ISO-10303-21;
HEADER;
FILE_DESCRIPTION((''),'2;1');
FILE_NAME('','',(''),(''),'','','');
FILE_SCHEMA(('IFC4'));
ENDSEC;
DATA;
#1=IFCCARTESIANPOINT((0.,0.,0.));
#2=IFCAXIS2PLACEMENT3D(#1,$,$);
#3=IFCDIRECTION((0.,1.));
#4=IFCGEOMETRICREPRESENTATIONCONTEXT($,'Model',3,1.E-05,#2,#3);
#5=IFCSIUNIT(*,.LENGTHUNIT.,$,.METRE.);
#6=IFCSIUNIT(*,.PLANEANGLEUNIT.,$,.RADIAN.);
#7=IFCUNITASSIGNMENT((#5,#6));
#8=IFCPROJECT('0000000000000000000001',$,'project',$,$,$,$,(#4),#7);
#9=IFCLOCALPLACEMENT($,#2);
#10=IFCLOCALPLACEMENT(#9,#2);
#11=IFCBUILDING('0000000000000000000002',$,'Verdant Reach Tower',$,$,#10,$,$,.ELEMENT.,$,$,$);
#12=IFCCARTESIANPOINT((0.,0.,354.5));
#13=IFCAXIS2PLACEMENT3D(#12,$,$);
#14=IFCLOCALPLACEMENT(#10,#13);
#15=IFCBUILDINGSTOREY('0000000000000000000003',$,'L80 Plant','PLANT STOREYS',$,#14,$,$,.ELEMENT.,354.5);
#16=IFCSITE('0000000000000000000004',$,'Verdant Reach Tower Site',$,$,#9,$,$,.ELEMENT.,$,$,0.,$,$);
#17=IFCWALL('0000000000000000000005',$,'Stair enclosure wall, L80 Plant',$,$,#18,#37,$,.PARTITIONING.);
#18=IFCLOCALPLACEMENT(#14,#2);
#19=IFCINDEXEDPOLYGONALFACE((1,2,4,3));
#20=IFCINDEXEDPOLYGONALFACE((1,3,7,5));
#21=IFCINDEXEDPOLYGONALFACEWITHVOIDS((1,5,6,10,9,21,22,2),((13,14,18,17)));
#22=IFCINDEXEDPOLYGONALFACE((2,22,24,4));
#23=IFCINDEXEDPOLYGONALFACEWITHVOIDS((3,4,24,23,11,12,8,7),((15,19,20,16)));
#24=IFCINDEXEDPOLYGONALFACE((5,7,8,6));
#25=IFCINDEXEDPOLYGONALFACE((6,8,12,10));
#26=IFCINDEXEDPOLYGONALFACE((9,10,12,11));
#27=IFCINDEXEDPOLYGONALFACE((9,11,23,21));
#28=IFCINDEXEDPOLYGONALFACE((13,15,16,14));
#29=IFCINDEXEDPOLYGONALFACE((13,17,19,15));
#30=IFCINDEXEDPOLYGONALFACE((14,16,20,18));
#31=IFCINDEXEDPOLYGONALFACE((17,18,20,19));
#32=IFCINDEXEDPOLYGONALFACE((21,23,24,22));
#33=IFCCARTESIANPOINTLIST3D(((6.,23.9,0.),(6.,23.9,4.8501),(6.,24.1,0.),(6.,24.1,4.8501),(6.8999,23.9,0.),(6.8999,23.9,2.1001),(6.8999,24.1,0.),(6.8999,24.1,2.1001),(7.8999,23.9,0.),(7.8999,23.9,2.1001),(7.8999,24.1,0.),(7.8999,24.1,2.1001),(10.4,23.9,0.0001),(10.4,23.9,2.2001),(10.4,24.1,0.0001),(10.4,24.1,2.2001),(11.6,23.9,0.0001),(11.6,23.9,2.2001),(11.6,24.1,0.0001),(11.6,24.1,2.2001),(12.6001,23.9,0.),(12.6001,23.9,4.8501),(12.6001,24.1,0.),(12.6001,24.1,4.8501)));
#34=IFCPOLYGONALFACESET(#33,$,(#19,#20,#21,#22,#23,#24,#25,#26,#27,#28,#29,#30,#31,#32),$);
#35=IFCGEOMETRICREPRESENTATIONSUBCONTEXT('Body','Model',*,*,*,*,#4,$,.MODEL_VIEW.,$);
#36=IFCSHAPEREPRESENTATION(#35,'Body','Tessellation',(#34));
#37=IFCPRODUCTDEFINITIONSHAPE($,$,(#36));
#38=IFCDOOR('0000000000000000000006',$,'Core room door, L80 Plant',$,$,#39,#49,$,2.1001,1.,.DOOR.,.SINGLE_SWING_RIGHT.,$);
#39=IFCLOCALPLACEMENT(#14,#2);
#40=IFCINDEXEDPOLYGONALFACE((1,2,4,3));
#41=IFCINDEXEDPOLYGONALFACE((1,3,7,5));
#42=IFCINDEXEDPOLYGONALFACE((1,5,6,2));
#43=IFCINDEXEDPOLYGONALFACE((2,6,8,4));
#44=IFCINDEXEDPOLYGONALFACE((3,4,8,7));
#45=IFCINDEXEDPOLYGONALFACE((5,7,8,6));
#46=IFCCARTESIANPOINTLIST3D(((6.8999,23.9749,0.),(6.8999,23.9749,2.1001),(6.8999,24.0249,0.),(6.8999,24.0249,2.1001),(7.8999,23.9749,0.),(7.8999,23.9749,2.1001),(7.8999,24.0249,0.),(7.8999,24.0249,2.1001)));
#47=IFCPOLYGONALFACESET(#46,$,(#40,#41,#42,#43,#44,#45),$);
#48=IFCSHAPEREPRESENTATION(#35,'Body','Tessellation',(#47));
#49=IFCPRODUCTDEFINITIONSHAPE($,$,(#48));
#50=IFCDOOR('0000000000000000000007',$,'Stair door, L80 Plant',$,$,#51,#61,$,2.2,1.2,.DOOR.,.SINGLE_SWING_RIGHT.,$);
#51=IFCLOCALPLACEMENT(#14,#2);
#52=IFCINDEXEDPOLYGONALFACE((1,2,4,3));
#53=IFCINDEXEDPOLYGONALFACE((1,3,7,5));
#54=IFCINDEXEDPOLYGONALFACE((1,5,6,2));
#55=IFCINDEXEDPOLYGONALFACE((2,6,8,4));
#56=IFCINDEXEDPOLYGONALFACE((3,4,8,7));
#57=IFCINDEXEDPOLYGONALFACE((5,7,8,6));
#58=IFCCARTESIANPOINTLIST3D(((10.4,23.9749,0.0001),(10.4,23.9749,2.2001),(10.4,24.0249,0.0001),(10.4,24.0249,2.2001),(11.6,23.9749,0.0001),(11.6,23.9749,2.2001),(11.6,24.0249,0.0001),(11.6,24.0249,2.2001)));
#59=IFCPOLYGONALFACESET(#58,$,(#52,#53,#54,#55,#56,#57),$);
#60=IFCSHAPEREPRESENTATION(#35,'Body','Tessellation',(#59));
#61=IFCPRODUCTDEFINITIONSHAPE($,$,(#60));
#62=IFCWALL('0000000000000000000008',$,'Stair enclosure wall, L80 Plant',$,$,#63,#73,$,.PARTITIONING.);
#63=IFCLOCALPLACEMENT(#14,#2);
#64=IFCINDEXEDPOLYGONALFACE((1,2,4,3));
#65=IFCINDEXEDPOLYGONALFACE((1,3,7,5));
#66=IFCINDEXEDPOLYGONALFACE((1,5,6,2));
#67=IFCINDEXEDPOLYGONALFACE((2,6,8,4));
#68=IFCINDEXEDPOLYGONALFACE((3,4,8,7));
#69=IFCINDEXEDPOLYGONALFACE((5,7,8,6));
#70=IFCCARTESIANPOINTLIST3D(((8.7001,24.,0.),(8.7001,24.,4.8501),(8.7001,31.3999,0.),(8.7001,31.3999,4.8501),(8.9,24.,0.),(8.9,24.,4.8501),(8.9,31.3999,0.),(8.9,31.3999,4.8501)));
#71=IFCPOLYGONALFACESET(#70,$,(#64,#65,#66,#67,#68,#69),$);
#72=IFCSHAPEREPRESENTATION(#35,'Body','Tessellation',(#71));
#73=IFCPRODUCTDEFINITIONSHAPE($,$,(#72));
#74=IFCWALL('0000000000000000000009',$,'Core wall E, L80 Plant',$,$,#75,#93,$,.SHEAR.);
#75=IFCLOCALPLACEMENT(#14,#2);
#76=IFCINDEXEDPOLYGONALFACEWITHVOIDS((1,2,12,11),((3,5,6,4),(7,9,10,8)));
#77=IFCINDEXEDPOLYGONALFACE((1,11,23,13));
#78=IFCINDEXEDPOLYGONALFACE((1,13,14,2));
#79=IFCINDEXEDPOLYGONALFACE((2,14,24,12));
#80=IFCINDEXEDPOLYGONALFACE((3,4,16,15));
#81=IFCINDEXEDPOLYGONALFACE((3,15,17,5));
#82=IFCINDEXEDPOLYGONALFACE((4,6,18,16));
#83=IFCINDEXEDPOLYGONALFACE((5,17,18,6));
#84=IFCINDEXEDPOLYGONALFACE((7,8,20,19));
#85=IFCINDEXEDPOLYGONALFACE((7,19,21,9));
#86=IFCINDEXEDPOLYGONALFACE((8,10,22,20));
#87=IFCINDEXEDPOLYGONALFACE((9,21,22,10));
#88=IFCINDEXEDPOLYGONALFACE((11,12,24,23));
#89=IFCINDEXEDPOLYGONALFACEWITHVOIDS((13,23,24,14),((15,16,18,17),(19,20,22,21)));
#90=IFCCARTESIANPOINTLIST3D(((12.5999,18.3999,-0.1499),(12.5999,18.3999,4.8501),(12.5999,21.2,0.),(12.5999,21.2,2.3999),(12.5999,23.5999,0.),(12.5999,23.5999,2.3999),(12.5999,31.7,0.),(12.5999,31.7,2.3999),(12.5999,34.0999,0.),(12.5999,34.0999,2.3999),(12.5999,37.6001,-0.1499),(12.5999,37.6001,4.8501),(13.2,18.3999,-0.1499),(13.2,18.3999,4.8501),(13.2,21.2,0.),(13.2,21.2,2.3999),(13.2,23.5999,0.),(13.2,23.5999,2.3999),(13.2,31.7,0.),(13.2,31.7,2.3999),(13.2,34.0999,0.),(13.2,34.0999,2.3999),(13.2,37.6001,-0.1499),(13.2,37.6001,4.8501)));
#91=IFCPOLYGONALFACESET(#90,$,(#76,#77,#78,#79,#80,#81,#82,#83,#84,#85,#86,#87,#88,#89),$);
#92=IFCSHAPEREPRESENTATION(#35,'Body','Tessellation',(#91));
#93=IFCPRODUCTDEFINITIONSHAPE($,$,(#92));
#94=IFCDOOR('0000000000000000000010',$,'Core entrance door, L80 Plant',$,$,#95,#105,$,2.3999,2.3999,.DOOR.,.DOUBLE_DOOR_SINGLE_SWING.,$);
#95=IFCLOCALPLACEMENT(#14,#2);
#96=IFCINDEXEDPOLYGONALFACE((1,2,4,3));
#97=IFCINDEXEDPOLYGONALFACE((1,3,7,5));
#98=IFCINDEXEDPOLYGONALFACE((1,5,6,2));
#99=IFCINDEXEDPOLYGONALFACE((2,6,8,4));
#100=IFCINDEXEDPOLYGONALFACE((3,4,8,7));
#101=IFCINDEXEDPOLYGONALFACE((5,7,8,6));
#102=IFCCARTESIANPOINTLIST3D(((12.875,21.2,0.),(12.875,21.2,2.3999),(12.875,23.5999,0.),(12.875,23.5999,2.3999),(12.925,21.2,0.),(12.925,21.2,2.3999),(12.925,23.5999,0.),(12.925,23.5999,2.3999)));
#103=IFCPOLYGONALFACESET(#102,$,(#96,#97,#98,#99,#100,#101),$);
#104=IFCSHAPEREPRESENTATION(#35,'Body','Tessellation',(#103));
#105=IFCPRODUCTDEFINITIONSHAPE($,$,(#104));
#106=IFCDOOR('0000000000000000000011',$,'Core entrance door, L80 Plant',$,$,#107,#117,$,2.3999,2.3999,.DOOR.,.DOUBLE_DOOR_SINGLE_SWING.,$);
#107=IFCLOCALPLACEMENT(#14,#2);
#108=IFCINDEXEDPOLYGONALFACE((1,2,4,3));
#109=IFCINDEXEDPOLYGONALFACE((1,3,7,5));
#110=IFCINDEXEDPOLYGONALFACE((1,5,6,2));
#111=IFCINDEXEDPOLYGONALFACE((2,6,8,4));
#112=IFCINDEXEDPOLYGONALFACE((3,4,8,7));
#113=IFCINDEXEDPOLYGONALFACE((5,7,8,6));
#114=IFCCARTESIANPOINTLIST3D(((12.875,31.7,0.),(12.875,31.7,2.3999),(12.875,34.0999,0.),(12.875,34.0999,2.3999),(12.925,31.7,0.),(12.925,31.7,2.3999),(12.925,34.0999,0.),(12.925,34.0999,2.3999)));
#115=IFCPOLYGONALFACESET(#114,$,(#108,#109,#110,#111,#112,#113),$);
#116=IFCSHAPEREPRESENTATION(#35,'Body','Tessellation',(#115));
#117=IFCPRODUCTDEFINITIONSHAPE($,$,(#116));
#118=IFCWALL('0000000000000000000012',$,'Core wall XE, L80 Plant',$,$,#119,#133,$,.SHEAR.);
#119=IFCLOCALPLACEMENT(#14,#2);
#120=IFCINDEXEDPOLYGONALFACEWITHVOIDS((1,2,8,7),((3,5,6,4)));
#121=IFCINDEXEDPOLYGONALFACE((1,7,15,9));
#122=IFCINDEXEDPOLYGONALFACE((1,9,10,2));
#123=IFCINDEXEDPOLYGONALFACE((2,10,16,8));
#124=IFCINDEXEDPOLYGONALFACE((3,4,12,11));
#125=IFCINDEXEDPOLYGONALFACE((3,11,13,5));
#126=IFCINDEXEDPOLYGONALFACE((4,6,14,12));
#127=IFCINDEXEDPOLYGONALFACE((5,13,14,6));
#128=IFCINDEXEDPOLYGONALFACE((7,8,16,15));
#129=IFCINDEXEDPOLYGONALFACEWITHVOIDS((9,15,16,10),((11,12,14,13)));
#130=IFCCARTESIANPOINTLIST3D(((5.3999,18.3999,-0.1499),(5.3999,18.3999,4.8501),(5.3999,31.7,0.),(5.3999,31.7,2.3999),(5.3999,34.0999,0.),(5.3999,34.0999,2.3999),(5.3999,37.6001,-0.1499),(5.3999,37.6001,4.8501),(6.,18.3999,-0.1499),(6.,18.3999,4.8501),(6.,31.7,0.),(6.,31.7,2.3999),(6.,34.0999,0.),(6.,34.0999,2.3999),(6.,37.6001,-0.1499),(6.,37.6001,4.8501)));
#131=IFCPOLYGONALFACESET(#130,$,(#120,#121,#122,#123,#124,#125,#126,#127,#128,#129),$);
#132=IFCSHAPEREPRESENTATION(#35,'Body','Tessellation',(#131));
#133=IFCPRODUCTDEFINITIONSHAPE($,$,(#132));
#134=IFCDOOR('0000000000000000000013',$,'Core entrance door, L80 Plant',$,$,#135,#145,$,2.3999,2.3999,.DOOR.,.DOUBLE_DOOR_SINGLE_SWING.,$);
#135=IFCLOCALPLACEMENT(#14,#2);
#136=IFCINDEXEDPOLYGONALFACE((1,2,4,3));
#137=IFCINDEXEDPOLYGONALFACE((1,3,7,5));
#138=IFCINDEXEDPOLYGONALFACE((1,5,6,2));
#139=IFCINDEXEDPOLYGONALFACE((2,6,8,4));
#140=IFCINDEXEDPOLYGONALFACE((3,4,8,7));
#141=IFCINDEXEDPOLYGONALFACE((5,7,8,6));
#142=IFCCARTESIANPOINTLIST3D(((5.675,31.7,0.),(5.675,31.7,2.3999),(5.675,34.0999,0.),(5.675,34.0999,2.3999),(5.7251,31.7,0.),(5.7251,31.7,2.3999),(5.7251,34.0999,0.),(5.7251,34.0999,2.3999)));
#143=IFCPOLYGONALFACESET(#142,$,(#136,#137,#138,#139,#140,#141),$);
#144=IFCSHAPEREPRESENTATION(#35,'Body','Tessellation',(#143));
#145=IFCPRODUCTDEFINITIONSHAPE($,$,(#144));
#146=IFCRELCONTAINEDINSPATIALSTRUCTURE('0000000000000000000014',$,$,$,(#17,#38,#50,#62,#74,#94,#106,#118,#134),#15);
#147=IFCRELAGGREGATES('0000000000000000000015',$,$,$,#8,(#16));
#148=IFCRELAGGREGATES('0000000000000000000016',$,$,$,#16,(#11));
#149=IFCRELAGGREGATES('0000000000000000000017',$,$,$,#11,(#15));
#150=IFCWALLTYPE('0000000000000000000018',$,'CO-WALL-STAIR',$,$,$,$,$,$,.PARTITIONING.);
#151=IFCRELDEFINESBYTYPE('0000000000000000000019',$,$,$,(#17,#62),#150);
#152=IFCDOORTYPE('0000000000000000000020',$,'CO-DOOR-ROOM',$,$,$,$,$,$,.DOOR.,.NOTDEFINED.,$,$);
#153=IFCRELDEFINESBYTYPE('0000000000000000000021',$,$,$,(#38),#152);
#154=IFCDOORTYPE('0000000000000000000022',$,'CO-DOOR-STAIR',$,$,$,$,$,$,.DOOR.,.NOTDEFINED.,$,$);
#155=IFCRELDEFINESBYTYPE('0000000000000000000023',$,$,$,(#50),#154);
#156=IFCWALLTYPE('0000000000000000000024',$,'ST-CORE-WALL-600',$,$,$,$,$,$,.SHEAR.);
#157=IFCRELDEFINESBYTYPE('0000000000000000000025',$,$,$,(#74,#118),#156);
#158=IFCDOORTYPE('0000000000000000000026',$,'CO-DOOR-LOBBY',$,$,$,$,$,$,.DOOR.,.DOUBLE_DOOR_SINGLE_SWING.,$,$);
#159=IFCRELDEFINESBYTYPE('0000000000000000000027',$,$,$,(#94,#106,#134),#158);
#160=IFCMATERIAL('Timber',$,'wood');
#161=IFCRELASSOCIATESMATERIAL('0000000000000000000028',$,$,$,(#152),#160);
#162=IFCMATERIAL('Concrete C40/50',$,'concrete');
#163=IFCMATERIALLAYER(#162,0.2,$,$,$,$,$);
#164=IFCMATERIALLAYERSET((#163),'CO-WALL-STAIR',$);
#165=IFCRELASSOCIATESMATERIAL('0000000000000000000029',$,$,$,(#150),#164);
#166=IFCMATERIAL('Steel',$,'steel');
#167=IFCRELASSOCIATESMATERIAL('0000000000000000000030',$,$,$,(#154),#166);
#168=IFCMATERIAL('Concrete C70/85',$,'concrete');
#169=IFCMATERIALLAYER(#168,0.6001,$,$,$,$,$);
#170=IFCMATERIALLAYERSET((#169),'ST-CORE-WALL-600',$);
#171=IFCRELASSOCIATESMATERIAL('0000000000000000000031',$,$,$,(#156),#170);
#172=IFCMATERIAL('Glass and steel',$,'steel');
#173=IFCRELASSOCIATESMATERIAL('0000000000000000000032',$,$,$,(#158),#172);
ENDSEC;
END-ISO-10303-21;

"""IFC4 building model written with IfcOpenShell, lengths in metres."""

from ifc_helpers import new_model, si_unit, direction, frame, frame_2d, origin, place, context, subcontext, project, spatial, rectangle, extrude, material, layer, layer_set, type_object, element, fill, save


model = new_model("IFC4")

# Units and contexts
model_context = context("Model", 3, precision=1e-05, world=origin(), true_north=direction((0.0, 1.0)))
body_context = subcontext(model_context, "Body", "Model", "MODEL_VIEW")
ifc_project = project(units=[si_unit("LENGTHUNIT", "METRE"), si_unit("PLANEANGLEUNIT", "RADIAN")], contexts=[model_context])

# Site, building, storey
site_placement = place(None, origin())
site = spatial("IfcSite", under=ifc_project, at=site_placement, Name="Verdant Reach Tower Site", CompositionType="ELEMENT", RefElevation=0.0)
building_placement = place(site_placement, origin())
building = spatial("IfcBuilding", under=site, at=building_placement, Name="Verdant Reach Tower", CompositionType="ELEMENT")
storey_placement = place(building_placement, frame((0.0, 0.0, 354.5)))
storey = spatial("IfcBuildingStorey", under=building, at=storey_placement, Name="L80 Plant", Description="PLANT STOREYS", CompositionType="ELEMENT", Elevation=354.5)

# Shared definitions
ifc_material_1 = material(Name="Timber", Category="wood")
door_type_1 = type_object("IfcDoorType", Name="CO-DOOR-ROOM", OperationType="NOTDEFINED", PredefinedType="DOOR", material=ifc_material_1)

# Wall, openings, doors
ifc_material_2 = material(Name="Concrete C40/50", Category="concrete")
ifc_layer_1 = layer(ifc_material_2, 0.2)
ifc_layer_set_1 = layer_set([ifc_layer_1], Name="CO-WALL-STAIR")
wall_type_1 = type_object("IfcWallType", Name="CO-WALL-STAIR", PredefinedType="PARTITIONING", material=ifc_layer_set_1)
wall_1_placement = place(storey_placement, frame((6.0, 24.0, 0.0), z_axis=(0.0, 0.0, 1.0), x_axis=(1.0, 0.0, 0.0)))
wall_1 = element("IfcWall", 1, at=wall_1_placement, inside=storey, type_object=wall_type_1, Name="Stair enclosure wall, L80 Plant", PredefinedType="PARTITIONING", context=body_context, shape_type="SweptSolid", body=[
    extrude(rectangle(XDim=6.6001, YDim=0.2, at=frame_2d((3.3, 0.0))), origin(), (0.0, 0.0, 1.0), 4.8501),
])
opening_1_placement = place(wall_1_placement, frame((0.8999, 0.0, 0.0)))
opening_1 = element("IfcOpeningElement", 2, at=opening_1_placement, cuts=wall_1, PredefinedType="OPENING", context=body_context, shape_type="SweptSolid", body=[
    extrude(rectangle(XDim=1.0, YDim=2.1001, at=frame_2d((0.5, 1.05))), frame((0.0, 0.1099, 0.0), z_axis=(0.0, -1.0, 0.0), x_axis=(1.0, 0.0, 0.0)), (0.0, 0.0, 1.0), 0.22),
])
opening_2_placement = place(wall_1_placement, frame((4.3999, 0.0, 0.0)))
opening_2 = element("IfcOpeningElement", 3, at=opening_2_placement, cuts=wall_1, PredefinedType="OPENING", context=body_context, shape_type="SweptSolid", body=[
    extrude(rectangle(XDim=1.2, YDim=2.2, at=frame_2d((0.6001, 1.1001))), frame((0.0, 0.1099, 0.0), z_axis=(0.0, -1.0, 0.0), x_axis=(1.0, 0.0, 0.0)), (0.0, 0.0, 1.0), 0.22),
])
door_1_placement = place(opening_1_placement, origin())
door_1 = element("IfcDoor", 4, at=door_1_placement, inside=storey, type_object=door_type_1, Name="Core room door, L80 Plant", OperationType="SINGLE_SWING_RIGHT", OverallHeight=2.1001, OverallWidth=1.0, PredefinedType="DOOR", context=body_context, shape_type="SweptSolid", body=[
    extrude(rectangle(XDim=1.0, YDim=2.1001, at=frame_2d((0.5, 1.05))), frame((0.0, 0.0249, 0.0), z_axis=(0.0, -1.0, 0.0), x_axis=(1.0, 0.0, 0.0)), (0.0, 0.0, 1.0), 0.05),
])
fill(opening_1, door_1)
ifc_material_3 = material(Name="Steel", Category="steel")
door_type_2 = type_object("IfcDoorType", Name="CO-DOOR-STAIR", OperationType="NOTDEFINED", PredefinedType="DOOR", material=ifc_material_3)
door_2_placement = place(opening_2_placement, origin())
door_2 = element("IfcDoor", 5, at=door_2_placement, inside=storey, type_object=door_type_2, Name="Stair door, L80 Plant", OperationType="SINGLE_SWING_RIGHT", OverallHeight=2.2, OverallWidth=1.2, PredefinedType="DOOR", context=body_context, shape_type="SweptSolid", body=[
    extrude(rectangle(XDim=1.2, YDim=2.2, at=frame_2d((0.6001, 1.1001))), frame((0.0, 0.0249, 0.0), z_axis=(0.0, -1.0, 0.0), x_axis=(1.0, 0.0, 0.0)), (0.0, 0.0, 1.0), 0.05),
])
fill(opening_2, door_2)

# Wall
wall_2_placement = place(storey_placement, frame((8.8, 24.0, 0.0), z_axis=(0.0, 0.0, 1.0), x_axis=(0.0, 1.0, 0.0)))
element("IfcWall", 6, at=wall_2_placement, inside=storey, type_object=wall_type_1, Name="Stair enclosure wall, L80 Plant", PredefinedType="PARTITIONING", context=body_context, shape_type="SweptSolid", body=[
    extrude(rectangle(XDim=7.3999, YDim=0.2, at=frame_2d((3.7, 0.0))), origin(), (0.0, 0.0, 1.0), 4.8501),
])

# Wall, openings, doors
ifc_material_4 = material(Name="Concrete C70/85", Category="concrete")
ifc_layer_2 = layer(ifc_material_4, 0.6001)
ifc_layer_set_2 = layer_set([ifc_layer_2], Name="ST-CORE-WALL-600")
wall_type_2 = type_object("IfcWallType", Name="ST-CORE-WALL-600", PredefinedType="SHEAR", material=ifc_layer_set_2)
wall_3_placement = place(storey_placement, frame((12.8999, 18.3999, -0.1499), z_axis=(0.0, 0.0, 1.0), x_axis=(0.0, 1.0, 0.0)))
wall_3 = element("IfcWall", 7, at=wall_3_placement, inside=storey, type_object=wall_type_2, Name="Core wall E, L80 Plant", PredefinedType="SHEAR", context=body_context, shape_type="SweptSolid", body=[
    extrude(rectangle(XDim=19.2002, YDim=0.6001, at=frame_2d((9.6001, 0.0))), origin(), (0.0, 0.0, 1.0), 5.0),
])
opening_3_placement = place(wall_3_placement, frame((2.8, 0.0, 0.1499)))
opening_3 = element("IfcOpeningElement", 8, at=opening_3_placement, cuts=wall_3, PredefinedType="OPENING", context=body_context, shape_type="SweptSolid", body=[
    extrude(rectangle(XDim=2.3999, YDim=2.3999, at=frame_2d((1.2, 1.2))), frame((0.0, 0.3101, 0.0), z_axis=(0.0, -1.0, 0.0), x_axis=(1.0, 0.0, 0.0)), (0.0, 0.0, 1.0), 0.6201),
])
opening_4_placement = place(wall_3_placement, frame((13.3, 0.0, 0.1499)))
opening_4 = element("IfcOpeningElement", 9, at=opening_4_placement, cuts=wall_3, PredefinedType="OPENING", context=body_context, shape_type="SweptSolid", body=[
    extrude(rectangle(XDim=2.3999, YDim=2.3999, at=frame_2d((1.2, 1.2))), frame((0.0, 0.3101, 0.0), z_axis=(0.0, -1.0, 0.0), x_axis=(1.0, 0.0, 0.0)), (0.0, 0.0, 1.0), 0.6201),
])
ifc_material_5 = material(Name="Glass and steel", Category="steel")
door_type_3 = type_object("IfcDoorType", Name="CO-DOOR-LOBBY", OperationType="DOUBLE_DOOR_SINGLE_SWING", PredefinedType="DOOR", material=ifc_material_5)
door_3_placement = place(opening_3_placement, origin())
door_3 = element("IfcDoor", 10, at=door_3_placement, inside=storey, type_object=door_type_3, Name="Core entrance door, L80 Plant", OperationType="DOUBLE_DOOR_SINGLE_SWING", OverallHeight=2.3999, OverallWidth=2.3999, PredefinedType="DOOR", context=body_context, shape_type="SweptSolid", body=[
    extrude(rectangle(XDim=2.3999, YDim=2.3999, at=frame_2d((1.2, 1.2))), frame((0.0, 0.0249, 0.0), z_axis=(0.0, -1.0, 0.0), x_axis=(1.0, 0.0, 0.0)), (0.0, 0.0, 1.0), 0.05),
])
fill(opening_3, door_3)
door_4_placement = place(opening_4_placement, origin())
door_4 = element("IfcDoor", 11, at=door_4_placement, inside=storey, type_object=door_type_3, Name="Core entrance door, L80 Plant", OperationType="DOUBLE_DOOR_SINGLE_SWING", OverallHeight=2.3999, OverallWidth=2.3999, PredefinedType="DOOR", context=body_context, shape_type="SweptSolid", body=[
    extrude(rectangle(XDim=2.3999, YDim=2.3999, at=frame_2d((1.2, 1.2))), frame((0.0, 0.0249, 0.0), z_axis=(0.0, -1.0, 0.0), x_axis=(1.0, 0.0, 0.0)), (0.0, 0.0, 1.0), 0.05),
])
fill(opening_4, door_4)

# Wall, opening, door
wall_4_placement = place(storey_placement, frame((5.7, 18.3999, -0.1499), z_axis=(0.0, 0.0, 1.0), x_axis=(0.0, 1.0, 0.0)))
wall_4 = element("IfcWall", 12, at=wall_4_placement, inside=storey, type_object=wall_type_2, Name="Core wall XE, L80 Plant", PredefinedType="SHEAR", context=body_context, shape_type="SweptSolid", body=[
    extrude(rectangle(XDim=19.2002, YDim=0.6001, at=frame_2d((9.6001, 0.0))), origin(), (0.0, 0.0, 1.0), 5.0),
])
opening_5_placement = place(wall_4_placement, frame((13.3, 0.0, 0.1499)))
opening_5 = element("IfcOpeningElement", 13, at=opening_5_placement, cuts=wall_4, PredefinedType="OPENING", context=body_context, shape_type="SweptSolid", body=[
    extrude(rectangle(XDim=2.3999, YDim=2.3999, at=frame_2d((1.2, 1.2))), frame((0.0, 0.3101, 0.0), z_axis=(0.0, -1.0, 0.0), x_axis=(1.0, 0.0, 0.0)), (0.0, 0.0, 1.0), 0.6201),
])
door_5_placement = place(opening_5_placement, origin())
door_5 = element("IfcDoor", 14, at=door_5_placement, inside=storey, type_object=door_type_3, Name="Core entrance door, L80 Plant", OperationType="DOUBLE_DOOR_SINGLE_SWING", OverallHeight=2.3999, OverallWidth=2.3999, PredefinedType="DOOR", context=body_context, shape_type="SweptSolid", body=[
    extrude(rectangle(XDim=2.3999, YDim=2.3999, at=frame_2d((1.2, 1.2))), frame((0.0, 0.0249, 0.0), z_axis=(0.0, -1.0, 0.0), x_axis=(1.0, 0.0, 0.0)), (0.0, 0.0, 1.0), 0.05),
])
fill(opening_5, door_5)

save(model, "model.ifc")
